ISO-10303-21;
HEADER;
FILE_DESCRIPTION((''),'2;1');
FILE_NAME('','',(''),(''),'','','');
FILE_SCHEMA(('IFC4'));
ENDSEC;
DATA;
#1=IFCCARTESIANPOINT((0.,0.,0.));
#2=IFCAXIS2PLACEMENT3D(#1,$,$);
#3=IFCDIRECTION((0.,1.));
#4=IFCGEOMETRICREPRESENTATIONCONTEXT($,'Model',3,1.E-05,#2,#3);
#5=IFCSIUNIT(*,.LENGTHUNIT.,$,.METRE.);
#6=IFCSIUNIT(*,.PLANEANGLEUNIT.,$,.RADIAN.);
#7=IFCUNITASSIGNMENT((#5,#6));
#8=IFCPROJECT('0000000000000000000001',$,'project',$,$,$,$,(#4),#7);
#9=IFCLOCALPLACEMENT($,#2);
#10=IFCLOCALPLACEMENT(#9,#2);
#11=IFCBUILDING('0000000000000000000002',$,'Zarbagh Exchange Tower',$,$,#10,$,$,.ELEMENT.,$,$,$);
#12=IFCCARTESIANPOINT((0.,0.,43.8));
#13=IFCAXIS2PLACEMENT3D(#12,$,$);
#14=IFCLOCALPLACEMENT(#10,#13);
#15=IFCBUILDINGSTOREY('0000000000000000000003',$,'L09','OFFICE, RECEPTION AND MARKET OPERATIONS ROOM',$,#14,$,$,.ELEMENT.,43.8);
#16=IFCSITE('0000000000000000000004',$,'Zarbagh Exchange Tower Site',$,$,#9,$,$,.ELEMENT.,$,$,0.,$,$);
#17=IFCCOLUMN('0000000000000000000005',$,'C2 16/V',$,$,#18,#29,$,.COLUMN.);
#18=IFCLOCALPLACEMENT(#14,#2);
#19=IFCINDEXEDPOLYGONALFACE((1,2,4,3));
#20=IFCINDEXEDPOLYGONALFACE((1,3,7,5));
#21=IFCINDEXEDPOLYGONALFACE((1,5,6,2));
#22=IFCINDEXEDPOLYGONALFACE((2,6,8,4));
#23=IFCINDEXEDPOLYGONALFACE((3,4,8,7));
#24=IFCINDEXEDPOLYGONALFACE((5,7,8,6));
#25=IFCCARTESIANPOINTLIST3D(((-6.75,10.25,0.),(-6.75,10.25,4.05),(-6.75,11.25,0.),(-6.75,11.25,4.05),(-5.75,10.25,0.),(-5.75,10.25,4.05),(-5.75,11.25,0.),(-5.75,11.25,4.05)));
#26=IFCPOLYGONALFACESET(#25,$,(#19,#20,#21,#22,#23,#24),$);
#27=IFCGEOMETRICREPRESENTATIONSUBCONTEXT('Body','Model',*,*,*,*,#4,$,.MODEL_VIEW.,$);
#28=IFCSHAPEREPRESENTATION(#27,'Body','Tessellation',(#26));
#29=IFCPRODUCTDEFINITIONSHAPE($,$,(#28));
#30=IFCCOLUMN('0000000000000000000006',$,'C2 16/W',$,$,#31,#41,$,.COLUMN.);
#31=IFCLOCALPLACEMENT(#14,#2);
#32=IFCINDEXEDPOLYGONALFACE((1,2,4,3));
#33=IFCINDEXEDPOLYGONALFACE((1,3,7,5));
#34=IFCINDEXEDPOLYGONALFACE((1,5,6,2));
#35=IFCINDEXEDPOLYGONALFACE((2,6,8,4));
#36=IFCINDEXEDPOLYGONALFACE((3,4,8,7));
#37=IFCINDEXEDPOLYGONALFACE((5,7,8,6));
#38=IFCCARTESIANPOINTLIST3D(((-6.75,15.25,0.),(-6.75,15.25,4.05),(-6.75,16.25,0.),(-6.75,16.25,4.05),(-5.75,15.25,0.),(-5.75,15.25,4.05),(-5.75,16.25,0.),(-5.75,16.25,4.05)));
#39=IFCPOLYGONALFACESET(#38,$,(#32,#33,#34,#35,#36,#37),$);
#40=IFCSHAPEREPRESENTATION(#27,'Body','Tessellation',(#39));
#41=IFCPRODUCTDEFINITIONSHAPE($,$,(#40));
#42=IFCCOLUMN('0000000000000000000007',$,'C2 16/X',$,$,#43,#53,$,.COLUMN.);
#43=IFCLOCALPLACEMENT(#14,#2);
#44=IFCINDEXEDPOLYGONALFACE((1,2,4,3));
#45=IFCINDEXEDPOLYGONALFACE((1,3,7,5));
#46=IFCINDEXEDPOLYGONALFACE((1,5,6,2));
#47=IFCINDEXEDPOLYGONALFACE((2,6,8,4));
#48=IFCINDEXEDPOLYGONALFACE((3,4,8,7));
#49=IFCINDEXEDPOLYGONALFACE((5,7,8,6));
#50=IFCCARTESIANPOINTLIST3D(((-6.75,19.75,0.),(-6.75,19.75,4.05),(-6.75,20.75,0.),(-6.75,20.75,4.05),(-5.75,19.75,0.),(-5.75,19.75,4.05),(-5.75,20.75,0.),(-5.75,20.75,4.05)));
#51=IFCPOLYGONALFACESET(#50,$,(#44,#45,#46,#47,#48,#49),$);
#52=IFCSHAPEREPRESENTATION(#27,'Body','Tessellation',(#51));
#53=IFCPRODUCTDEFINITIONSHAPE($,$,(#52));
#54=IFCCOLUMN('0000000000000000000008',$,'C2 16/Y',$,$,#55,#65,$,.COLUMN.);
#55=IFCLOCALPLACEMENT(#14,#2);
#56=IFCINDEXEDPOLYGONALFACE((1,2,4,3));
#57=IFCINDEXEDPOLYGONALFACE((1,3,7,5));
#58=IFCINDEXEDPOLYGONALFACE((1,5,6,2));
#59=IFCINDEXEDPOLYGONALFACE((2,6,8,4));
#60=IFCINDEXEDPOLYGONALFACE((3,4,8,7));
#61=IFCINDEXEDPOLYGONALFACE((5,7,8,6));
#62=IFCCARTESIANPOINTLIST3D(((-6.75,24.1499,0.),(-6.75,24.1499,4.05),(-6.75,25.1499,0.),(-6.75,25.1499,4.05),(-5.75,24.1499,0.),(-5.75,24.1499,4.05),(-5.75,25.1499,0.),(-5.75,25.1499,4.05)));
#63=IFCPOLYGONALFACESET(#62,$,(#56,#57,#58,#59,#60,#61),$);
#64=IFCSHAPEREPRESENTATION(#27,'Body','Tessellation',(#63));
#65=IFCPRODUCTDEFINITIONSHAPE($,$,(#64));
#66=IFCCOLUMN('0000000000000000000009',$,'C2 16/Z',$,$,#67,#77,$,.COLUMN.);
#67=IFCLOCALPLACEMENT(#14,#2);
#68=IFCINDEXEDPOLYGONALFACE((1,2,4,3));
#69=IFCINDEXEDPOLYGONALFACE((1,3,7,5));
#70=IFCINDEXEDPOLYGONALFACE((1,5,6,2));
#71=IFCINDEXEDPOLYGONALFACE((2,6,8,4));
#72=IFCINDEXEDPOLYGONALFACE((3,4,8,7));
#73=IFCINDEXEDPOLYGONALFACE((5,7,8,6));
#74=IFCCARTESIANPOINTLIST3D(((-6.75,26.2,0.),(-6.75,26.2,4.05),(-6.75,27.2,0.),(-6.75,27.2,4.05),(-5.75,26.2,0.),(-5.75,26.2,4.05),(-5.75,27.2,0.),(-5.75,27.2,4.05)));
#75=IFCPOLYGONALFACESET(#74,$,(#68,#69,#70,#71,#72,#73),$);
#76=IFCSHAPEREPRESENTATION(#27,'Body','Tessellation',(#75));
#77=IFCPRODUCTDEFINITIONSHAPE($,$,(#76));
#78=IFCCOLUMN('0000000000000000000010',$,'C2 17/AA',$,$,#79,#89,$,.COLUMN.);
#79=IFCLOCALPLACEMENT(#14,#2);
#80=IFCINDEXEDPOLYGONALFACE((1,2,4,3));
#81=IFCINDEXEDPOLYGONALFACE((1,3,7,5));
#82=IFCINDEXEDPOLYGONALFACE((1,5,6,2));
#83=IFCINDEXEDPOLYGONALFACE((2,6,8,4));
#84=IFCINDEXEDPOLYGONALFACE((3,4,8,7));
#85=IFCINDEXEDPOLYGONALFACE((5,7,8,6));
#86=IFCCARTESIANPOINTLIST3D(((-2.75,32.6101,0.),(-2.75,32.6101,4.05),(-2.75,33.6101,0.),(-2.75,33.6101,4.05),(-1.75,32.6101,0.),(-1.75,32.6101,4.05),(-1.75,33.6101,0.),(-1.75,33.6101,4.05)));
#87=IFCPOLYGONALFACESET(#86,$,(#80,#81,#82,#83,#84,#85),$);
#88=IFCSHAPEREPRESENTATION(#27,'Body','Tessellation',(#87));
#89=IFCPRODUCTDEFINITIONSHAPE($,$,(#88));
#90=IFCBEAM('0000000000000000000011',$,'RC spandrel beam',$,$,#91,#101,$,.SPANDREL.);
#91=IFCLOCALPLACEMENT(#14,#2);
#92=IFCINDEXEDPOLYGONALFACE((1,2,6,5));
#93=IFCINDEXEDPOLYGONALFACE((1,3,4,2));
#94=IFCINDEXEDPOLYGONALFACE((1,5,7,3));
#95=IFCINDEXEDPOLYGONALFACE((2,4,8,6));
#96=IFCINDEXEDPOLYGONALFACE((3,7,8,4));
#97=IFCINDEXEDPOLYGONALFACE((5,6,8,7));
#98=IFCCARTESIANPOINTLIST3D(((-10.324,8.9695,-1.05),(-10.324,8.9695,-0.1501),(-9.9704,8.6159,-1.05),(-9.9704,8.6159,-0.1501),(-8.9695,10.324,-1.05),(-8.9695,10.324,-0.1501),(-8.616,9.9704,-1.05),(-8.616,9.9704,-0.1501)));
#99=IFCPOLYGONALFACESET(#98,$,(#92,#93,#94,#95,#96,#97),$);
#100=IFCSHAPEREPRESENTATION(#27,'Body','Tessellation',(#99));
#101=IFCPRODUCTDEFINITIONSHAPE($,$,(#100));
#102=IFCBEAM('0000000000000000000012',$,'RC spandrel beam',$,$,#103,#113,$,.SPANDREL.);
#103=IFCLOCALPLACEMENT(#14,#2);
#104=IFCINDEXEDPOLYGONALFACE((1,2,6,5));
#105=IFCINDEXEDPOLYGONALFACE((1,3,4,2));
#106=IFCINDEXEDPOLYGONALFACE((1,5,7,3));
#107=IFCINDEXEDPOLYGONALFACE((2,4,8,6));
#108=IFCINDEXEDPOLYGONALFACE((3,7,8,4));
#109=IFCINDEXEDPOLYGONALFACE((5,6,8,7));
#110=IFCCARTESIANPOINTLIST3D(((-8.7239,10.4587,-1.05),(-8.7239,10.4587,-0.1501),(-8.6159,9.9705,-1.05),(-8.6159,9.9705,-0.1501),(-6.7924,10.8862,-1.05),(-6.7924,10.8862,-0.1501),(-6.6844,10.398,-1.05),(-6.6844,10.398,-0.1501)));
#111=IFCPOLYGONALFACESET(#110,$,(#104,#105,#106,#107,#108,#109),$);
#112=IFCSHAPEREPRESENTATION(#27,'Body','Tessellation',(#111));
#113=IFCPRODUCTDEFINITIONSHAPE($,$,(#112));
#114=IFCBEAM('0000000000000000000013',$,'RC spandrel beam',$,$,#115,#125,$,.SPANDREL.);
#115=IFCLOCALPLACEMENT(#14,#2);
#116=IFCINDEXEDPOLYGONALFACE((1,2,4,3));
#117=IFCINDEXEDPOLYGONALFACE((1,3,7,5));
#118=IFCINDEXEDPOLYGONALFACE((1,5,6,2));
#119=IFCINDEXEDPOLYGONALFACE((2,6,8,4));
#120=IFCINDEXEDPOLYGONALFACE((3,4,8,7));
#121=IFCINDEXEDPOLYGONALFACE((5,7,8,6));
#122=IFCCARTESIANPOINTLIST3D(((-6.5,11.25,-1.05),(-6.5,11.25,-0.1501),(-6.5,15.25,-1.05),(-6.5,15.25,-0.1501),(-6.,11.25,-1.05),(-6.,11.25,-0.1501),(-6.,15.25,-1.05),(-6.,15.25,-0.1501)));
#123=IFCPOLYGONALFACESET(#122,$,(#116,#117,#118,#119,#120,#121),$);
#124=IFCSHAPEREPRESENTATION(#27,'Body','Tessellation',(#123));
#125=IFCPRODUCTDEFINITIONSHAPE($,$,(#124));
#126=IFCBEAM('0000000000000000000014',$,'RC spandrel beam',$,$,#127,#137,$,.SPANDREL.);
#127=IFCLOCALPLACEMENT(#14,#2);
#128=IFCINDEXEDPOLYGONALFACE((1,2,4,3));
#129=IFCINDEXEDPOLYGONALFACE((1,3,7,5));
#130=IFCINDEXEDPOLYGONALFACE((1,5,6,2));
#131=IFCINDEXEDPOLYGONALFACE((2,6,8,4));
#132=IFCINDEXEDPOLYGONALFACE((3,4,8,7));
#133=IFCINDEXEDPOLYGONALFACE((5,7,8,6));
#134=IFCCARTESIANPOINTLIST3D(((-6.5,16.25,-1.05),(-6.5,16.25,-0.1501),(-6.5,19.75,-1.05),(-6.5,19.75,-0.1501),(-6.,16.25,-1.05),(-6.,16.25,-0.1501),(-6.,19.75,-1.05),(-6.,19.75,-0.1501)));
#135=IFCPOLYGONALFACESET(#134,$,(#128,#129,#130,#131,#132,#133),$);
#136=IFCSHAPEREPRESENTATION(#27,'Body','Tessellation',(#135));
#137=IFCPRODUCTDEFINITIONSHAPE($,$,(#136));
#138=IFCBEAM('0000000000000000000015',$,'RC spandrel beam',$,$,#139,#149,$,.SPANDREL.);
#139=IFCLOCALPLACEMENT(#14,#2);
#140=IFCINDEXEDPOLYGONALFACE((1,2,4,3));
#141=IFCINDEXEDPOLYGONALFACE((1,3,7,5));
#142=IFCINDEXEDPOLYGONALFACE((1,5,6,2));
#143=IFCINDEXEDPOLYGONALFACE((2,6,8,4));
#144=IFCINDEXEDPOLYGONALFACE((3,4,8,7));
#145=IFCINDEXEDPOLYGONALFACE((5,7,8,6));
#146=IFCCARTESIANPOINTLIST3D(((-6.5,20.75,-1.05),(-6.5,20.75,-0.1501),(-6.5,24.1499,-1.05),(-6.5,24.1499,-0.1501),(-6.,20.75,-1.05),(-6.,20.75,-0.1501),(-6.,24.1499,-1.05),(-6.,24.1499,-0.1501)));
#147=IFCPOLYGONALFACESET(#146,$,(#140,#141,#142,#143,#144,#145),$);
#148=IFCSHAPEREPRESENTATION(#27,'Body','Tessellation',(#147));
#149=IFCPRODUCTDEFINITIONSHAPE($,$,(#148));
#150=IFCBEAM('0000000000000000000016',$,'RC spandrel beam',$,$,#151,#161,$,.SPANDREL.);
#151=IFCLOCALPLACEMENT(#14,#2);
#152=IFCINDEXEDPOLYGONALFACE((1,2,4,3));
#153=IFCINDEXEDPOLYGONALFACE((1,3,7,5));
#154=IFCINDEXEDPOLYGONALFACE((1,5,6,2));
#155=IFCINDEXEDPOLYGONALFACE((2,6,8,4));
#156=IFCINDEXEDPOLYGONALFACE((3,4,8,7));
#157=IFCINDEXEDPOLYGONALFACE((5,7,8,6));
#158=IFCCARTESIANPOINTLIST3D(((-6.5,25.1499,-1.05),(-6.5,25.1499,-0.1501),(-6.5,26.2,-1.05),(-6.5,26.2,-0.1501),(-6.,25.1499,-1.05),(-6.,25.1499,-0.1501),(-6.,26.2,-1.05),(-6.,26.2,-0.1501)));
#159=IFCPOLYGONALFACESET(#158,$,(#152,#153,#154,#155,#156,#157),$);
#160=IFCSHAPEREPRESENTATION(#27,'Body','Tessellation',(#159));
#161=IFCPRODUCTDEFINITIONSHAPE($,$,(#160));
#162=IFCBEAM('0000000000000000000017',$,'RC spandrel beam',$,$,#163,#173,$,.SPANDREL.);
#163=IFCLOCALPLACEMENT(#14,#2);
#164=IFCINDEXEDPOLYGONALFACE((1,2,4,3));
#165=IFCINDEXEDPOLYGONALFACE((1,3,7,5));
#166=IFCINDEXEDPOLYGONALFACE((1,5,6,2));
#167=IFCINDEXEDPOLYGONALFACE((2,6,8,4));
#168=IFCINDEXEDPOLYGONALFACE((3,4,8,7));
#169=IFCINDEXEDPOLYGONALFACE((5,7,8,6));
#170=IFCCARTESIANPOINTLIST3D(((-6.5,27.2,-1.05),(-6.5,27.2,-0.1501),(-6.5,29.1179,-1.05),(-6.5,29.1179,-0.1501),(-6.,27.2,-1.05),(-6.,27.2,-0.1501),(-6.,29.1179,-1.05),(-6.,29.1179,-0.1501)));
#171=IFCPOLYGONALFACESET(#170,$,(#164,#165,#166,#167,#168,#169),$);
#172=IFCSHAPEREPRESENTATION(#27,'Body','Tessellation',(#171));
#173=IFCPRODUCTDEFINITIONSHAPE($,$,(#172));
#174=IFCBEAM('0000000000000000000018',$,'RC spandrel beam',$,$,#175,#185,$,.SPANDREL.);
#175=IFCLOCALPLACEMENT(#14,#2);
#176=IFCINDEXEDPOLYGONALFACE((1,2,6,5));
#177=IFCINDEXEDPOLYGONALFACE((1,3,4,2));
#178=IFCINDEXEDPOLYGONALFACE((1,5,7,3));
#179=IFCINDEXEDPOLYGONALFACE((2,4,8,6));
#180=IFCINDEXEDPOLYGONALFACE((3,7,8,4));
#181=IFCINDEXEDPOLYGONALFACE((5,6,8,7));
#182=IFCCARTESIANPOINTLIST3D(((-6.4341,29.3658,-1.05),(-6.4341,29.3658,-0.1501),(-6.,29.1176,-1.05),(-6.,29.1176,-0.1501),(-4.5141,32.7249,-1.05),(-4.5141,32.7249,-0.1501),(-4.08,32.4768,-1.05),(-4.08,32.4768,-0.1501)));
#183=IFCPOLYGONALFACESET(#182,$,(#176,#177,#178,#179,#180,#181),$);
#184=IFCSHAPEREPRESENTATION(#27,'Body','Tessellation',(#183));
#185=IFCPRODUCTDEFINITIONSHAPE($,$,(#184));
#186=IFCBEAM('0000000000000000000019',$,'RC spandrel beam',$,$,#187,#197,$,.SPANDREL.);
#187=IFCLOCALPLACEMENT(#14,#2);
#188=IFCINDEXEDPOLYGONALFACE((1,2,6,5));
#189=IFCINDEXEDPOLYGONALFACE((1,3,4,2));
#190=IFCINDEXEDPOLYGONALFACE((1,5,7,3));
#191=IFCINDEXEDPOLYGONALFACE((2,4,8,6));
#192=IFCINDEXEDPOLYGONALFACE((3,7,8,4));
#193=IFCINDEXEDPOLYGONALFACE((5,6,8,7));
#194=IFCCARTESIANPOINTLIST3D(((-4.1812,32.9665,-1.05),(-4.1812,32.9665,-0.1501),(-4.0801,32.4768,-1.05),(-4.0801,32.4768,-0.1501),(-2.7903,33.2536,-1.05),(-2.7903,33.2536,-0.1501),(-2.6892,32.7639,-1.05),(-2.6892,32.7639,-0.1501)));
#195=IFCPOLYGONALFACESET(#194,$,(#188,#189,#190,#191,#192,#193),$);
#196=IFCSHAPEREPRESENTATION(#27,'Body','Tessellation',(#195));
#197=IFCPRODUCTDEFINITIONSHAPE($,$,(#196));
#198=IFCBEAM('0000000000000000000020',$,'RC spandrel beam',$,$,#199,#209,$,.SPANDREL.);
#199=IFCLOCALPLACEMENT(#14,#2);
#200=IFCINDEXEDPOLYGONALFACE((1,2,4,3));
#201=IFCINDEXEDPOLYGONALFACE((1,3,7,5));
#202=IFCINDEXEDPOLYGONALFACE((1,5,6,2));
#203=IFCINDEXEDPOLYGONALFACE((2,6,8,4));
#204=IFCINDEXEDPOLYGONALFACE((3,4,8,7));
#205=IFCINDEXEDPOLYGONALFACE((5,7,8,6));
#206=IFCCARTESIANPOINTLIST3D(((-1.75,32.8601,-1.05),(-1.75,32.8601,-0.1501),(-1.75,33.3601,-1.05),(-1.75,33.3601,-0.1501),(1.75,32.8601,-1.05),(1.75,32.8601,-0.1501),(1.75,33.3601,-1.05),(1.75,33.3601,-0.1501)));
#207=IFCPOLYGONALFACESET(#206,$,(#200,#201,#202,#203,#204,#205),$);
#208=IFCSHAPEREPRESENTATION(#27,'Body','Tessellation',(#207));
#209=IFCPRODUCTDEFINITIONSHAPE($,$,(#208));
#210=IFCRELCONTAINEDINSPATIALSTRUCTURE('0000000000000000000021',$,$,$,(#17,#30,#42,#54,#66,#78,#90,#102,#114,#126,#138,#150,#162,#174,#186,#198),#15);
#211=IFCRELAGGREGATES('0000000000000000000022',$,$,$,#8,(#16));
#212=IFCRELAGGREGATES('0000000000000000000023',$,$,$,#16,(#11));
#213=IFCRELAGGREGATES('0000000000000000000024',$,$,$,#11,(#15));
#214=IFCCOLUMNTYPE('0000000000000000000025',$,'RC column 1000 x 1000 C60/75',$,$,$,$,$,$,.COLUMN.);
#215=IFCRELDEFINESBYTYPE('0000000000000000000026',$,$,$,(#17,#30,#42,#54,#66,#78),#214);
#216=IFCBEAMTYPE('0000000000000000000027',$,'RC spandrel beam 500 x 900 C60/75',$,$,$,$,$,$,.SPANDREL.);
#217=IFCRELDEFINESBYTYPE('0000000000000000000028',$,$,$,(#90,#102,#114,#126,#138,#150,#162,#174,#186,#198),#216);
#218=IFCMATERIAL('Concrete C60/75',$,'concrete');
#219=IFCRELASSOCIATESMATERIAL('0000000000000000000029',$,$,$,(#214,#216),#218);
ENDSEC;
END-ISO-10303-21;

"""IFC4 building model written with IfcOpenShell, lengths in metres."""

from ifc_helpers import new_model, si_unit, direction, frame, origin, origin_2d, place, context, subcontext, project, spatial, rectangle, extrude, material, material_profile, profile_set, type_object, element, save


model = new_model("IFC4")

# Units and contexts
model_context = context("Model", 3, precision=1e-05, world=origin(), true_north=direction((0.0, 1.0)))
body_context = subcontext(model_context, "Body", "Model", "MODEL_VIEW")
ifc_project = project(units=[si_unit("LENGTHUNIT", "METRE"), si_unit("PLANEANGLEUNIT", "RADIAN")], contexts=[model_context])

# Site, building, storey
site_placement = place(None, origin())
site = spatial("IfcSite", under=ifc_project, at=site_placement, Name="Zarbagh Exchange Tower Site", CompositionType="ELEMENT", RefElevation=0.0)
building_placement = place(site_placement, origin())
building = spatial("IfcBuilding", under=site, at=building_placement, Name="Zarbagh Exchange Tower", CompositionType="ELEMENT")
storey_placement = place(building_placement, frame((0.0, 0.0, 43.8)))
storey = spatial("IfcBuildingStorey", under=building, at=storey_placement, Name="L09", Description="OFFICE, RECEPTION AND MARKET OPERATIONS ROOM", CompositionType="ELEMENT", Elevation=43.8)

# Columns
ifc_material_1 = material(Name="Concrete C60/75", Category="concrete")
ifc_material_profile_1 = material_profile(ifc_material_1, rectangle(XDim=1.0, YDim=1.0, at=origin_2d()), Name="RC column 1000 x 1000 C60/75")
ifc_profile_set_1 = profile_set([ifc_material_profile_1], Name="Concrete C60/75")
column_type = type_object("IfcColumnType", Name="RC column 1000 x 1000 C60/75", PredefinedType="COLUMN", material=ifc_profile_set_1)
for number, where, z_axis, x_axis, name in (
    (1, (-6.25, 10.75, 0.0), (0.0, 0.0, 1.0), (1.0, 0.0, 0.0), "C2 16/V"),
    (2, (-6.25, 15.75, 0.0), (0.0, 0.0, 1.0), (1.0, 0.0, 0.0), "C2 16/W"),
    (3, (-6.25, 20.25, 0.0), (0.0, 0.0, 1.0), (1.0, 0.0, 0.0), "C2 16/X"),
    (4, (-6.25, 24.6499, 0.0), (0.0, 0.0, 1.0), (1.0, 0.0, 0.0), "C2 16/Y"),
    (5, (-6.25, 26.7, 0.0), (0.0, 0.0, 1.0), (1.0, 0.0, 0.0), "C2 16/Z"),
    (6, (-2.25, 33.1101, 0.0), (0.0, 0.0, 1.0), (1.0, 0.0, 0.0), "C2 17/AA"),
):
    element("IfcColumn", number, at=place(storey_placement, frame(where, z_axis=z_axis, x_axis=x_axis)), inside=storey, type_object=column_type, Name=name, PredefinedType="COLUMN", context=body_context, shape_type="SweptSolid", body=[
        extrude(rectangle(XDim=1.0, YDim=1.0, at=origin_2d()), origin(), (0.0, 0.0, 1.0), 4.05),
    ])

# Beams
ifc_material_profile_2 = material_profile(ifc_material_1, rectangle(XDim=0.5, YDim=0.8999, at=origin_2d()), Name="RC spandrel beam 500 x 900 C60/75")
ifc_profile_set_2 = profile_set([ifc_material_profile_2], Name="Concrete C60/75")
beam_type = type_object("IfcBeamType", Name="RC spandrel beam 500 x 900 C60/75", PredefinedType="SPANDREL", material=ifc_profile_set_2)
beam_1_placement = place(storey_placement, frame((-10.1472, 8.7927, -0.6001), z_axis=(0.707107, 0.707107, 0.0), x_axis=(-0.707107, 0.707107, 0.0)))
element("IfcBeam", 7, at=beam_1_placement, inside=storey, type_object=beam_type, Name="RC spandrel beam", PredefinedType="SPANDREL", context=body_context, shape_type="SweptSolid", body=[
    extrude(rectangle(XDim=0.5, YDim=0.8999, at=origin_2d()), origin(), (0.0, 0.0, 1.0), 1.9155),
])
beam_2_placement = place(storey_placement, frame((-8.6699, 10.2146, -0.6001), z_axis=(0.976375, 0.216081, 0.0), x_axis=(-0.216081, 0.976375, 0.0)))
element("IfcBeam", 8, at=beam_2_placement, inside=storey, type_object=beam_type, Name="RC spandrel beam", PredefinedType="SPANDREL", context=body_context, shape_type="SweptSolid", body=[
    extrude(rectangle(XDim=0.5, YDim=0.8999, at=origin_2d()), origin(), (0.0, 0.0, 1.0), 1.9783),
])
beam_3_placement = place(storey_placement, frame((-6.25, 11.25, -0.6001), z_axis=(0.0, 1.0, 0.0), x_axis=(-1.0, 0.0, 0.0)))
element("IfcBeam", 9, at=beam_3_placement, inside=storey, type_object=beam_type, Name="RC spandrel beam", PredefinedType="SPANDREL", context=body_context, shape_type="SweptSolid", body=[
    extrude(rectangle(XDim=0.5, YDim=0.8999, at=origin_2d()), origin(), (0.0, 0.0, 1.0), 4.0),
])
beam_4_placement = place(storey_placement, frame((-6.25, 16.25, -0.6001), z_axis=(0.0, 1.0, 0.0), x_axis=(-1.0, 0.0, 0.0)))
element("IfcBeam", 10, at=beam_4_placement, inside=storey, type_object=beam_type, Name="RC spandrel beam", PredefinedType="SPANDREL", context=body_context, shape_type="SweptSolid", body=[
    extrude(rectangle(XDim=0.5, YDim=0.8999, at=origin_2d()), origin(), (0.0, 0.0, 1.0), 3.5),
])
beam_5_placement = place(storey_placement, frame((-6.25, 20.75, -0.6001), z_axis=(0.0, 1.0, 0.0), x_axis=(-1.0, 0.0, 0.0)))
element("IfcBeam", 11, at=beam_5_placement, inside=storey, type_object=beam_type, Name="RC spandrel beam", PredefinedType="SPANDREL", context=body_context, shape_type="SweptSolid", body=[
    extrude(rectangle(XDim=0.5, YDim=0.8999, at=origin_2d()), origin(), (0.0, 0.0, 1.0), 3.3999),
])
beam_6_placement = place(storey_placement, frame((-6.25, 25.1499, -0.6001), z_axis=(0.0, 1.0, 0.0), x_axis=(-1.0, 0.0, 0.0)))
element("IfcBeam", 12, at=beam_6_placement, inside=storey, type_object=beam_type, Name="RC spandrel beam", PredefinedType="SPANDREL", context=body_context, shape_type="SweptSolid", body=[
    extrude(rectangle(XDim=0.5, YDim=0.8999, at=origin_2d()), origin(), (0.0, 0.0, 1.0), 1.05),
])
beam_7_placement = place(storey_placement, frame((-6.25, 27.2, -0.6001), z_axis=(0.0, 1.0, 0.0), x_axis=(-1.0, 0.0, 0.0)))
element("IfcBeam", 13, at=beam_7_placement, inside=storey, type_object=beam_type, Name="RC spandrel beam", PredefinedType="SPANDREL", context=body_context, shape_type="SweptSolid", body=[
    extrude(rectangle(XDim=0.5, YDim=0.8999, at=origin_2d()), origin(), (0.0, 0.0, 1.0), 1.918),
])
beam_8_placement = place(storey_placement, frame((-6.217, 29.2417, -0.6001), z_axis=(0.49622, 0.868197, 0.0), x_axis=(-0.868197, 0.49622, 0.0)))
element("IfcBeam", 14, at=beam_8_placement, inside=storey, type_object=beam_type, Name="RC spandrel beam", PredefinedType="SPANDREL", context=body_context, shape_type="SweptSolid", body=[
    extrude(rectangle(XDim=0.5, YDim=0.8999, at=origin_2d()), origin(), (0.0, 0.0, 1.0), 3.8691),
])
beam_9_placement = place(storey_placement, frame((-4.1306, 32.7217, -0.6001), z_axis=(0.979352, 0.202162, 0.0), x_axis=(-0.202162, 0.979352, 0.0)))
element("IfcBeam", 15, at=beam_9_placement, inside=storey, type_object=beam_type, Name="RC spandrel beam", PredefinedType="SPANDREL", context=body_context, shape_type="SweptSolid", body=[
    extrude(rectangle(XDim=0.5, YDim=0.8999, at=origin_2d()), origin(), (0.0, 0.0, 1.0), 1.4202),
])
beam_10_placement = place(storey_placement, frame((-1.75, 33.1101, -0.6001), z_axis=(1.0, 0.0, 0.0), x_axis=(0.0, 1.0, 0.0)))
element("IfcBeam", 16, at=beam_10_placement, inside=storey, type_object=beam_type, Name="RC spandrel beam", PredefinedType="SPANDREL", context=body_context, shape_type="SweptSolid", body=[
    extrude(rectangle(XDim=0.5, YDim=0.8999, at=origin_2d()), origin(), (0.0, 0.0, 1.0), 3.5),
])

save(model, "model.ifc")
